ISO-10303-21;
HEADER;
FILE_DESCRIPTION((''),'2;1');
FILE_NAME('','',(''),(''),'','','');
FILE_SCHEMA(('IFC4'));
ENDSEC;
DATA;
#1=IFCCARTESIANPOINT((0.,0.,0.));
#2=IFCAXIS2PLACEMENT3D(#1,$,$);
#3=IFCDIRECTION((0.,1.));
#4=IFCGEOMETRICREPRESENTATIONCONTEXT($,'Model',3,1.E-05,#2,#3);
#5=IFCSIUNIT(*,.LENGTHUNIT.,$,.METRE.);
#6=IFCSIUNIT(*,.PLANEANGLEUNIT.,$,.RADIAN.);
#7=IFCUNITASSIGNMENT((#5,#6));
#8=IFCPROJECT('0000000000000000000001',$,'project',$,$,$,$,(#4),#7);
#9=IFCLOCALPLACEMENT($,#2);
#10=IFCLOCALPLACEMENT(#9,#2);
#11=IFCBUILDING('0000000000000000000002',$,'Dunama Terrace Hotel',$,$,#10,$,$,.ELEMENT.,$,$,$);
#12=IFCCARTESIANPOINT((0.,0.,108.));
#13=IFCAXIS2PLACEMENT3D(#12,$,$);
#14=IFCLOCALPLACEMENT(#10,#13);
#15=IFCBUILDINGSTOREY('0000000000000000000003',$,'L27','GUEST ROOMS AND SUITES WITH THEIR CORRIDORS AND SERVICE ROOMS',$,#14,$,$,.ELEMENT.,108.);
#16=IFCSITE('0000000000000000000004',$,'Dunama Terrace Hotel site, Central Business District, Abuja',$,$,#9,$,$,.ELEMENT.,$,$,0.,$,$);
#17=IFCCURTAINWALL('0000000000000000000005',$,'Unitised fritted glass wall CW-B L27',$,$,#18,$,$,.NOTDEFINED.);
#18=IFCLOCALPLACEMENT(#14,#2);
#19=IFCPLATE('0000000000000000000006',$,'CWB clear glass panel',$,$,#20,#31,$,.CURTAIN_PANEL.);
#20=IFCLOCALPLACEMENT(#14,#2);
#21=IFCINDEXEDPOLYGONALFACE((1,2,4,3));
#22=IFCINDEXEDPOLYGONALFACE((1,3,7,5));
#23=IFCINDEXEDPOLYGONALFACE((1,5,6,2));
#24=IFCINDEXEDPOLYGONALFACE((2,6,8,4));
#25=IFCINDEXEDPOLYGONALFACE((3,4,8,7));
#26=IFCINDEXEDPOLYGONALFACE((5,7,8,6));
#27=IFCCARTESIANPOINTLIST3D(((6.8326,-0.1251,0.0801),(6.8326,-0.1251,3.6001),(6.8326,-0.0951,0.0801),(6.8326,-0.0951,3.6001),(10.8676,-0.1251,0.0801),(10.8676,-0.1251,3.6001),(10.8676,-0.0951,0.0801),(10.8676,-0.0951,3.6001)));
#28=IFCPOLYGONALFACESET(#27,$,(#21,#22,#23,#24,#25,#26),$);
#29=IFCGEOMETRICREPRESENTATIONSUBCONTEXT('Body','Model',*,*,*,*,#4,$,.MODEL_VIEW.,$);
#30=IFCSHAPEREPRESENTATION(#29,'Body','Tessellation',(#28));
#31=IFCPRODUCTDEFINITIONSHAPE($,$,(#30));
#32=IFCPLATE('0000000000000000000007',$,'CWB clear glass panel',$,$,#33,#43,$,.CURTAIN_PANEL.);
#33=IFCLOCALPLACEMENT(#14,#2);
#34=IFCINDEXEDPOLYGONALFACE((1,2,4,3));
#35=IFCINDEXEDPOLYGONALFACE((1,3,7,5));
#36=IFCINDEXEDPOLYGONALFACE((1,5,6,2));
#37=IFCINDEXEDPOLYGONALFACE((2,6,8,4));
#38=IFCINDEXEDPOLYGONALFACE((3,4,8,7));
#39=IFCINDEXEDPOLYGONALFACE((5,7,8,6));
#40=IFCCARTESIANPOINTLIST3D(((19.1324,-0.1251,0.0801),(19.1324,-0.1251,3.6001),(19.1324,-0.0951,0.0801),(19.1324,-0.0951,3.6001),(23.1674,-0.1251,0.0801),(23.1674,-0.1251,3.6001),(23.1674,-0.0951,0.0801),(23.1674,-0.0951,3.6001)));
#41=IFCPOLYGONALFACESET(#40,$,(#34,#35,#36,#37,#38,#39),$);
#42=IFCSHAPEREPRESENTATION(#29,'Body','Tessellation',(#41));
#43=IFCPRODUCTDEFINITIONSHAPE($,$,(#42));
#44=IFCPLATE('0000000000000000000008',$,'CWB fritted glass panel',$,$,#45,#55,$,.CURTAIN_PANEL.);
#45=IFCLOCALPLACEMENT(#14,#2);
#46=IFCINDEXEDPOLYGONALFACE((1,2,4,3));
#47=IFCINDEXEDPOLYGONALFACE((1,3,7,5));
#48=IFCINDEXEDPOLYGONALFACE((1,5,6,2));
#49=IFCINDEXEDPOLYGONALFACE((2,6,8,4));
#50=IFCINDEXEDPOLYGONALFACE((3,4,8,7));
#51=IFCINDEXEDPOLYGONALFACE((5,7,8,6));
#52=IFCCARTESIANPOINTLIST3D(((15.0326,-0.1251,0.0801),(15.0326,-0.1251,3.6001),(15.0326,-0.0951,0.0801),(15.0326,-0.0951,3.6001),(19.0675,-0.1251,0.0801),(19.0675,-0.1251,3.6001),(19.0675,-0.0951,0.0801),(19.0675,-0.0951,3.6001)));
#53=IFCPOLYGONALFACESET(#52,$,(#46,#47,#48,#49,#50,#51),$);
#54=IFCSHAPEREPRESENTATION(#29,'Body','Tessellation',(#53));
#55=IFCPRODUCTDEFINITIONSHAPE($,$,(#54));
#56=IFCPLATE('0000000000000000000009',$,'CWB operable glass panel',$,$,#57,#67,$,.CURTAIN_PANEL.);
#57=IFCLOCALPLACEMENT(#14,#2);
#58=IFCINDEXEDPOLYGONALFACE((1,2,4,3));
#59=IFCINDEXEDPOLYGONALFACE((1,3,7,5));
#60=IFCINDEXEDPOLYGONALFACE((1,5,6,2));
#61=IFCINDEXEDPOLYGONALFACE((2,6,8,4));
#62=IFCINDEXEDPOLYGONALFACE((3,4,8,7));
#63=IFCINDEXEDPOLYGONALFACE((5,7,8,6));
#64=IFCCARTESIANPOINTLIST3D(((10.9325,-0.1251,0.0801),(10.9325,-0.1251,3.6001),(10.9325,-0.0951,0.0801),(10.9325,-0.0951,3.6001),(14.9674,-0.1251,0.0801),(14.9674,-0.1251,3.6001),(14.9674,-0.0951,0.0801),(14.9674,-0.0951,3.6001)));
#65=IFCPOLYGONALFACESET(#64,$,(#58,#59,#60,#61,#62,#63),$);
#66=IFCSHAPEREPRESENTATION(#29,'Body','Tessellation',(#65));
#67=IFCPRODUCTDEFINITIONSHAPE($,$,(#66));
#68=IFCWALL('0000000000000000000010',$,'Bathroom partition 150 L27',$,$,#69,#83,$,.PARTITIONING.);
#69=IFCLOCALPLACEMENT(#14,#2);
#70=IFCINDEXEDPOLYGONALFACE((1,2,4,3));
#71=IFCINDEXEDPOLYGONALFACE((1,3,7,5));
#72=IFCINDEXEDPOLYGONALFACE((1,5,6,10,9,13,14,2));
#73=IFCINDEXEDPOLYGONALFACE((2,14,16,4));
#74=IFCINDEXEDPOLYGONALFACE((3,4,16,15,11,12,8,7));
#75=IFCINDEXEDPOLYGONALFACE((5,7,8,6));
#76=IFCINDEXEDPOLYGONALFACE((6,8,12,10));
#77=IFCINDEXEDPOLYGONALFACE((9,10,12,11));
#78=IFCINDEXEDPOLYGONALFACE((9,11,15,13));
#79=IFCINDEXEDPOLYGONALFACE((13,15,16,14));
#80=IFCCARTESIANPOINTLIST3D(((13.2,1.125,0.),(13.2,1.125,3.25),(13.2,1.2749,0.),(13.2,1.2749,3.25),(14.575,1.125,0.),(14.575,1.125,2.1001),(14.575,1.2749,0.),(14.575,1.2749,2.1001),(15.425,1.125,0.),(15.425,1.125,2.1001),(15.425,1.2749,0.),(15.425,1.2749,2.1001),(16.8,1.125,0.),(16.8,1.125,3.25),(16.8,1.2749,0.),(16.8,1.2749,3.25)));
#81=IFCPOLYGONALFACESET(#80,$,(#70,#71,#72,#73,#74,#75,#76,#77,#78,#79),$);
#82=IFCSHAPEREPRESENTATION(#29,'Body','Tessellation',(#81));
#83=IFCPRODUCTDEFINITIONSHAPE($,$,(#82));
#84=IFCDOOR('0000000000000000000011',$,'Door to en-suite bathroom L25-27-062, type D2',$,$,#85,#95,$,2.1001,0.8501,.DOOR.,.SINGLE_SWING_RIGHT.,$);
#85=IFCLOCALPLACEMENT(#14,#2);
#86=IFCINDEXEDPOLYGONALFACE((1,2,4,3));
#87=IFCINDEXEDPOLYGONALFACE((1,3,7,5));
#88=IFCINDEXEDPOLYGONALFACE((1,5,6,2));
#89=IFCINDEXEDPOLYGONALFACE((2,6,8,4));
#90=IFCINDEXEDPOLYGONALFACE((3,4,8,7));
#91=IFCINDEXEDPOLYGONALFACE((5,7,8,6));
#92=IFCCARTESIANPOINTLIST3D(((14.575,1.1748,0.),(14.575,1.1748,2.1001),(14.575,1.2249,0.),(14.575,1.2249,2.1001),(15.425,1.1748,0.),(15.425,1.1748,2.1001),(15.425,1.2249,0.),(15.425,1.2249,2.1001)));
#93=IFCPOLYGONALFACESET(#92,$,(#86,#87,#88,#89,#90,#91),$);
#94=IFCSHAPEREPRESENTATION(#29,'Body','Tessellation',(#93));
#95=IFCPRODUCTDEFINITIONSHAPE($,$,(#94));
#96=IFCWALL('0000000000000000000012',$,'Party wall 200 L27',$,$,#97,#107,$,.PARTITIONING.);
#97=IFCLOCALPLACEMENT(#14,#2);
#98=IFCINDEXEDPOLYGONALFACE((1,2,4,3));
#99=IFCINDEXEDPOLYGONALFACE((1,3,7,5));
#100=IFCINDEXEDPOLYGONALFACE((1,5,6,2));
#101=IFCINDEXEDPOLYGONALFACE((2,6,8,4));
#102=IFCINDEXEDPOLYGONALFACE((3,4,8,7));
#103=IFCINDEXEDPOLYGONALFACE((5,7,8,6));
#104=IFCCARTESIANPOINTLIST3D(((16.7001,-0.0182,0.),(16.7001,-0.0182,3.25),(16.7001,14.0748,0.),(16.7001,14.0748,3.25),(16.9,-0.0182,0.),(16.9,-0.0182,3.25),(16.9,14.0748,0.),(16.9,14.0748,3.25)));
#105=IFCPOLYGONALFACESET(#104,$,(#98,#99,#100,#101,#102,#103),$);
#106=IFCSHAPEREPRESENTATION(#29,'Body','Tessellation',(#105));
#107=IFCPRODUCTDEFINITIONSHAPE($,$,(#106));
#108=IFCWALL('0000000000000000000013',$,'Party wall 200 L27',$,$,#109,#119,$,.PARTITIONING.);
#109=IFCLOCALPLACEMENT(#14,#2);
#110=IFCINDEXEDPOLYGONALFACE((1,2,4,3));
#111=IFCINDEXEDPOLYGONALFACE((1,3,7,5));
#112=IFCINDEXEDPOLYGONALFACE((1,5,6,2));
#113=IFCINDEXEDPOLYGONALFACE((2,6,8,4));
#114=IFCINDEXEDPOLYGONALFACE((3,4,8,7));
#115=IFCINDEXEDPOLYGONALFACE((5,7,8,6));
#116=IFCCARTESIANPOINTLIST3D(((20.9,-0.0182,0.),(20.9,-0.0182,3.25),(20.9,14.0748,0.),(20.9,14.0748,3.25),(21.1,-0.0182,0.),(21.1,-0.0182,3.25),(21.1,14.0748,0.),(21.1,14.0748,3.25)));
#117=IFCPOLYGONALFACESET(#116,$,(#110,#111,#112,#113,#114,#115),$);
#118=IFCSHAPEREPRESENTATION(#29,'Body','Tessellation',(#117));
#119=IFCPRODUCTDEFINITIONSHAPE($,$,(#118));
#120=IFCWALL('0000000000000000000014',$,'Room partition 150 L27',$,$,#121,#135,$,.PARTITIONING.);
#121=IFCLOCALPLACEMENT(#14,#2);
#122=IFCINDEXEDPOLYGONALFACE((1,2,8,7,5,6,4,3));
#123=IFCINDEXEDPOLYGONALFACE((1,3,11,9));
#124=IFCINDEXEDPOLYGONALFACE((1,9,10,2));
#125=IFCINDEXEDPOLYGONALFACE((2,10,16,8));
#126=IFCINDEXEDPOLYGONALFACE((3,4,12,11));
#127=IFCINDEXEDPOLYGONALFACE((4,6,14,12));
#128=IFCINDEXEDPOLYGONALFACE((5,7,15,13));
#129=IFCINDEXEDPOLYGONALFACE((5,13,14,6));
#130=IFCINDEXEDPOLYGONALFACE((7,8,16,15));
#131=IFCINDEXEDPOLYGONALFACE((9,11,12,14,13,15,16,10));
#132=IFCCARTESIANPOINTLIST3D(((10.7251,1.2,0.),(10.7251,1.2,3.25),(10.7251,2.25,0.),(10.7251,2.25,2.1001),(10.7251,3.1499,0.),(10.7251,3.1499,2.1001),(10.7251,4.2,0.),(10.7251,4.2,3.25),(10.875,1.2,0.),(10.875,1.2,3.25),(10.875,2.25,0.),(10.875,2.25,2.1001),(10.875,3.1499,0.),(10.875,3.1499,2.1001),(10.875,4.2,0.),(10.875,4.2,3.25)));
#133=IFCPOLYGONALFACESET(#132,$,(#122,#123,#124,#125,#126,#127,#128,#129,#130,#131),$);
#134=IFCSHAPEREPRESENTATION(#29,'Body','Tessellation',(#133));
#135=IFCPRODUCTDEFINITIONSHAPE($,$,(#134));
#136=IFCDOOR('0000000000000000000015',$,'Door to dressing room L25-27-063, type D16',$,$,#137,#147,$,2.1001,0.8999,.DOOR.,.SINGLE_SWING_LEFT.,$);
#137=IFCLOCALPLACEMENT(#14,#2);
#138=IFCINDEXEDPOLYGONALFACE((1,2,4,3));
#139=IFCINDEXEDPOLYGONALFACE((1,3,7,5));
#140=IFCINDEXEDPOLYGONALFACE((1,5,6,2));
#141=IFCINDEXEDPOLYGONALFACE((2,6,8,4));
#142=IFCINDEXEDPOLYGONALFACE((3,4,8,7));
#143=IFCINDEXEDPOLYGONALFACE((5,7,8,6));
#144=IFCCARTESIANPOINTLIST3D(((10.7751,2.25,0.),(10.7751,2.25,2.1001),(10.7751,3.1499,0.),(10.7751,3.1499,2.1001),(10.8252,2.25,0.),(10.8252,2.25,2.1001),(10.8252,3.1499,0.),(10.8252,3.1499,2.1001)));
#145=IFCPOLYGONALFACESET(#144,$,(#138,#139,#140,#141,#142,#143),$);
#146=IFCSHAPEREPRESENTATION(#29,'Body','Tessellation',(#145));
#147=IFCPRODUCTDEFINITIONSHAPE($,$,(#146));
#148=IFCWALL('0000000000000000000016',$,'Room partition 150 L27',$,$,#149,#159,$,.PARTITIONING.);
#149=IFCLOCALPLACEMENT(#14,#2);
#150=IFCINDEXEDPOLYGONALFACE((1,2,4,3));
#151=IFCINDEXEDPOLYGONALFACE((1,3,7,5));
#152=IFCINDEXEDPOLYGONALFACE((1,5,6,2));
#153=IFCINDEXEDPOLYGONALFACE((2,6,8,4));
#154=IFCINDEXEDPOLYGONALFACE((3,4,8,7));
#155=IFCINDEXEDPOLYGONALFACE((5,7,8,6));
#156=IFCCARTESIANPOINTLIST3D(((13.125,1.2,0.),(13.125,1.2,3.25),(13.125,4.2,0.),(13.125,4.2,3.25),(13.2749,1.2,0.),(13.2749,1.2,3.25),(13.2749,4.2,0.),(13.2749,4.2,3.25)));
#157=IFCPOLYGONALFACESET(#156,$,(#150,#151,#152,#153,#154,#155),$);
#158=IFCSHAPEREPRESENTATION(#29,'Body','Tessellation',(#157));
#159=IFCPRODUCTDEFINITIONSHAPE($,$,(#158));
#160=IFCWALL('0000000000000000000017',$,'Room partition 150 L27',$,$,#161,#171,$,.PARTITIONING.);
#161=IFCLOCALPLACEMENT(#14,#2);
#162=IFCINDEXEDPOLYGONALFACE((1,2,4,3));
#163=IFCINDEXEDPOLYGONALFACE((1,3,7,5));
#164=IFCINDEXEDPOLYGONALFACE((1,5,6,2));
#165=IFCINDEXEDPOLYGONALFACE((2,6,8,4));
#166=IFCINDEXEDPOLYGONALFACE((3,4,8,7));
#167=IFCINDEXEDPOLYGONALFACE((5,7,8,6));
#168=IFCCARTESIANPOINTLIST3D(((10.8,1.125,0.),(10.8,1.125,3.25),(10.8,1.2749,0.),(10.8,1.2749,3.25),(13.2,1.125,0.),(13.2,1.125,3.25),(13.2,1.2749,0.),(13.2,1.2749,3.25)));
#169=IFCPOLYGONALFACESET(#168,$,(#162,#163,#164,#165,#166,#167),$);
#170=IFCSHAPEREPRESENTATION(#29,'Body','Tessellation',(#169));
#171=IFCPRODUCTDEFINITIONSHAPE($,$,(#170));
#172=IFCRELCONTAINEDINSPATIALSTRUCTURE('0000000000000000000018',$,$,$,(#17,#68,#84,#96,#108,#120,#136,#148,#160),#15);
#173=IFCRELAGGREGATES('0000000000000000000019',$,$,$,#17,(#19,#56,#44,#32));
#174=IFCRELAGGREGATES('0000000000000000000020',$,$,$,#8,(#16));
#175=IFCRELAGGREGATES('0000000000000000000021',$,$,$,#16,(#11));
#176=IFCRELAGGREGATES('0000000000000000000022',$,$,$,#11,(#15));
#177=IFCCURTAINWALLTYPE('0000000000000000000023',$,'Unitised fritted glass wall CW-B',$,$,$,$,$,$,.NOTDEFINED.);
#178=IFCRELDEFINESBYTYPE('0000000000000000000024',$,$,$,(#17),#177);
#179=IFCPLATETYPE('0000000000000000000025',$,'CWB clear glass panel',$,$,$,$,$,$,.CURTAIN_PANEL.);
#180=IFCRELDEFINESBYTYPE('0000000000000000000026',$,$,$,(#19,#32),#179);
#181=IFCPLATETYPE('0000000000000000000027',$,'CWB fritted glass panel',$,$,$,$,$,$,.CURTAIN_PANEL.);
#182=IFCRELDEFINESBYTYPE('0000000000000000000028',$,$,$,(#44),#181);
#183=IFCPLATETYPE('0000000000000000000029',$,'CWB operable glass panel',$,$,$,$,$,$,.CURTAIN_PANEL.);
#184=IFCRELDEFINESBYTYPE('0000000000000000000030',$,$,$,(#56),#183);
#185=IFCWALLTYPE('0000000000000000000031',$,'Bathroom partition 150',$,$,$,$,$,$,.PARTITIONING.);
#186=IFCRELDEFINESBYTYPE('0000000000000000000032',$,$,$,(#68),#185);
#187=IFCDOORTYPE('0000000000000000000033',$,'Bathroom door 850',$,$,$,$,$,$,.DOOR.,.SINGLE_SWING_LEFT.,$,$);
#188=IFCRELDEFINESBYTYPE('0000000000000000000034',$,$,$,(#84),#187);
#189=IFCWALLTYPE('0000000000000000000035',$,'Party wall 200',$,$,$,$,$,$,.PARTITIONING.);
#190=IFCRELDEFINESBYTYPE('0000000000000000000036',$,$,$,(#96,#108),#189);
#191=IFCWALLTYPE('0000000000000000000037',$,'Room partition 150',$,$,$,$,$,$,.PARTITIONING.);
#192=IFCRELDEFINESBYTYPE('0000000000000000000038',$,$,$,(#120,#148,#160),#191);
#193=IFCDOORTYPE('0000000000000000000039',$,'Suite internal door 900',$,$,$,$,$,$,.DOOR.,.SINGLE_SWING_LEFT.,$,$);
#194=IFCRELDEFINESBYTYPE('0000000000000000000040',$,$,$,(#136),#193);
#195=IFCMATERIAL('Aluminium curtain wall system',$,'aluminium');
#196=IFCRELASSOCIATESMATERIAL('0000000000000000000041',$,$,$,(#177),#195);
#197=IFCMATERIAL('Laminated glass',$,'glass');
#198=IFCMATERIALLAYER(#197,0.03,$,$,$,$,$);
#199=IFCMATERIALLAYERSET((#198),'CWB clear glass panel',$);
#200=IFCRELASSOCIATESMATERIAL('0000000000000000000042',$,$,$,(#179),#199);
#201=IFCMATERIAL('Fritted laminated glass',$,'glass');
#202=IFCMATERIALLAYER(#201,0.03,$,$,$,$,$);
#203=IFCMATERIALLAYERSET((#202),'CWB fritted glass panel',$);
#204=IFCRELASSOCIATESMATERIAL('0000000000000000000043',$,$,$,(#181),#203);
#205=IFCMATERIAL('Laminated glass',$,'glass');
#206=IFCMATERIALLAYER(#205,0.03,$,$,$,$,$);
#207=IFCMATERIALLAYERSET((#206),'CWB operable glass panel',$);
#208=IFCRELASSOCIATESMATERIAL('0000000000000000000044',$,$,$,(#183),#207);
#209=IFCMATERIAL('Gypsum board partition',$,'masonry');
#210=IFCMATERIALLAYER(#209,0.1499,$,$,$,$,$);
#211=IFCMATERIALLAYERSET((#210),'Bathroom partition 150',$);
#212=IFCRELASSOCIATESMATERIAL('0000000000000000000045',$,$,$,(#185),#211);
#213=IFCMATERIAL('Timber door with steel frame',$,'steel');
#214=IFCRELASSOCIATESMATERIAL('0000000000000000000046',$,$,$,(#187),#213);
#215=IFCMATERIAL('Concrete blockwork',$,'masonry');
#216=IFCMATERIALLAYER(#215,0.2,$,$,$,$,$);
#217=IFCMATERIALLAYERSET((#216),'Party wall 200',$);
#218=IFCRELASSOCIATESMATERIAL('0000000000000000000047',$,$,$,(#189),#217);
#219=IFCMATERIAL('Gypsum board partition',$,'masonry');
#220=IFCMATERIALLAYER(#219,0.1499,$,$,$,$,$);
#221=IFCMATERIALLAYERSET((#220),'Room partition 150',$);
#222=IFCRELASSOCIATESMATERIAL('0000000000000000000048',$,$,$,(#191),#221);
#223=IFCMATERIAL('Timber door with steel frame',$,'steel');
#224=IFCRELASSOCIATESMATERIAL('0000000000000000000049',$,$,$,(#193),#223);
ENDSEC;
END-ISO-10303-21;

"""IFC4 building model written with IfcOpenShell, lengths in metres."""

from ifc_helpers import new_model, si_unit, direction, frame, frame_2d, origin, origin_2d, place, context, subcontext, project, spatial, rectangle, extrude, material, layer, layer_set, type_object, element, fill, aggregate, save


model = new_model("IFC4")

# Units and contexts
model_context = context("Model", 3, precision=1e-05, world=origin(), true_north=direction((0.0, 1.0)))
body_context = subcontext(model_context, "Body", "Model", "MODEL_VIEW")
ifc_project = project(units=[si_unit("LENGTHUNIT", "METRE"), si_unit("PLANEANGLEUNIT", "RADIAN")], contexts=[model_context])

# Site, building, storey
site_placement = place(None, origin())
site = spatial("IfcSite", under=ifc_project, at=site_placement, Name="Dunama Terrace Hotel site, Central Business District, Abuja", CompositionType="ELEMENT", RefElevation=0.0)
building_placement = place(site_placement, origin())
building = spatial("IfcBuilding", under=site, at=building_placement, Name="Dunama Terrace Hotel", CompositionType="ELEMENT")
storey_placement = place(building_placement, frame((0.0, 0.0, 108.0)))
storey = spatial("IfcBuildingStorey", under=building, at=storey_placement, Name="L27", Description="GUEST ROOMS AND SUITES WITH THEIR CORRIDORS AND SERVICE ROOMS", CompositionType="ELEMENT", Elevation=108.0)

# Curtain wall
ifc_material_1 = material(Name="Aluminium curtain wall system", Category="aluminium")
curtain_wall_type = type_object("IfcCurtainWallType", Name="Unitised fritted glass wall CW-B", PredefinedType="NOTDEFINED", material=ifc_material_1)
curtain_wall_placement = place(storey_placement, origin())
curtain_wall = element("IfcCurtainWall", 1, at=curtain_wall_placement, inside=storey, type_object=curtain_wall_type, Name="Unitised fritted glass wall CW-B L27", PredefinedType="NOTDEFINED")

# Plates
ifc_material_2 = material(Name="Laminated glass", Category="glass")
ifc_layer_1 = layer(ifc_material_2, 0.03)
ifc_layer_set_1 = layer_set([ifc_layer_1], Name="CWB clear glass panel")
plate_type_1 = type_object("IfcPlateType", Name="CWB clear glass panel", PredefinedType="CURTAIN_PANEL", material=ifc_layer_set_1)
plate_1_placement = place(storey_placement, frame((8.8501, -0.1101, 0.0801), z_axis=(0.0, 0.0, 1.0), x_axis=(1.0, 0.0, 0.0)))
plate_1 = element("IfcPlate", 2, at=plate_1_placement, type_object=plate_type_1, Name="CWB clear glass panel", PredefinedType="CURTAIN_PANEL", context=body_context, shape_type="SweptSolid", body=[
    extrude(rectangle(XDim=4.0349, YDim=0.03, at=origin_2d()), origin(), (0.0, 0.0, 1.0), 3.52),
])
plate_2_placement = place(storey_placement, frame((21.1499, -0.1101, 0.0801), z_axis=(0.0, 0.0, 1.0), x_axis=(1.0, 0.0, 0.0)))
plate_2 = element("IfcPlate", 3, at=plate_2_placement, type_object=plate_type_1, Name="CWB clear glass panel", PredefinedType="CURTAIN_PANEL", context=body_context, shape_type="SweptSolid", body=[
    extrude(rectangle(XDim=4.0349, YDim=0.03, at=origin_2d()), origin(), (0.0, 0.0, 1.0), 3.52),
])
ifc_material_3 = material(Name="Fritted laminated glass", Category="glass")
ifc_layer_2 = layer(ifc_material_3, 0.03)
ifc_layer_set_2 = layer_set([ifc_layer_2], Name="CWB fritted glass panel")
plate_type_2 = type_object("IfcPlateType", Name="CWB fritted glass panel", PredefinedType="CURTAIN_PANEL", material=ifc_layer_set_2)
plate_3_placement = place(storey_placement, frame((17.05, -0.1101, 0.0801), z_axis=(0.0, 0.0, 1.0), x_axis=(1.0, 0.0, 0.0)))
plate_3 = element("IfcPlate", 4, at=plate_3_placement, type_object=plate_type_2, Name="CWB fritted glass panel", PredefinedType="CURTAIN_PANEL", context=body_context, shape_type="SweptSolid", body=[
    extrude(rectangle(XDim=4.0349, YDim=0.03, at=origin_2d()), origin(), (0.0, 0.0, 1.0), 3.52),
])
ifc_material_4 = material(Name="Laminated glass", Category="glass")
ifc_layer_3 = layer(ifc_material_4, 0.03)
ifc_layer_set_3 = layer_set([ifc_layer_3], Name="CWB operable glass panel")
plate_type_3 = type_object("IfcPlateType", Name="CWB operable glass panel", PredefinedType="CURTAIN_PANEL", material=ifc_layer_set_3)
plate_4_placement = place(storey_placement, frame((12.95, -0.1101, 0.0801), z_axis=(0.0, 0.0, 1.0), x_axis=(1.0, 0.0, 0.0)))
plate_4 = element("IfcPlate", 5, at=plate_4_placement, type_object=plate_type_3, Name="CWB operable glass panel", PredefinedType="CURTAIN_PANEL", context=body_context, shape_type="SweptSolid", body=[
    extrude(rectangle(XDim=4.0349, YDim=0.03, at=origin_2d()), origin(), (0.0, 0.0, 1.0), 3.52),
])
aggregate(curtain_wall, [plate_1, plate_4, plate_3, plate_2])

# Wall, opening, door
ifc_material_5 = material(Name="Gypsum board partition", Category="masonry")
ifc_layer_4 = layer(ifc_material_5, 0.1499)
ifc_layer_set_4 = layer_set([ifc_layer_4], Name="Bathroom partition 150")
wall_type_1 = type_object("IfcWallType", Name="Bathroom partition 150", PredefinedType="PARTITIONING", material=ifc_layer_set_4)
wall_1_placement = place(storey_placement, frame((13.2, 1.2, 0.0), z_axis=(0.0, 0.0, 1.0), x_axis=(1.0, 0.0, 0.0)))
wall_1 = element("IfcWall", 6, at=wall_1_placement, inside=storey, type_object=wall_type_1, Name="Bathroom partition 150 L27", PredefinedType="PARTITIONING", context=body_context, shape_type="SweptSolid", body=[
    extrude(rectangle(XDim=3.6001, YDim=0.1499, at=frame_2d((1.8, 0.0))), origin(), (0.0, 0.0, 1.0), 3.25),
])
opening_1_placement = place(wall_1_placement, frame((1.375, 0.0, 0.0)))
opening_1 = element("IfcOpeningElement", 7, at=opening_1_placement, cuts=wall_1, PredefinedType="OPENING", context=body_context, shape_type="SweptSolid", body=[
    extrude(rectangle(XDim=0.8501, YDim=2.1001, at=frame_2d((0.425, 1.05))), frame((0.0, 0.085, 0.0), z_axis=(0.0, -1.0, 0.0), x_axis=(1.0, 0.0, 0.0)), (0.0, 0.0, 1.0), 0.1699),
])
ifc_material_6 = material(Name="Timber door with steel frame", Category="steel")
door_type_1 = type_object("IfcDoorType", Name="Bathroom door 850", OperationType="SINGLE_SWING_LEFT", PredefinedType="DOOR", material=ifc_material_6)
door_1_placement = place(opening_1_placement, origin())
door_1 = element("IfcDoor", 8, at=door_1_placement, inside=storey, type_object=door_type_1, Name="Door to en-suite bathroom L25-27-062, type D2", OperationType="SINGLE_SWING_RIGHT", OverallHeight=2.1001, OverallWidth=0.8501, PredefinedType="DOOR", context=body_context, shape_type="SweptSolid", body=[
    extrude(rectangle(XDim=0.8501, YDim=2.1001, at=frame_2d((0.425, 1.05))), frame((0.0, 0.0249, 0.0), z_axis=(0.0, -1.0, 0.0), x_axis=(1.0, 0.0, 0.0)), (0.0, 0.0, 1.0), 0.05),
])
fill(opening_1, door_1)

# Walls
ifc_material_7 = material(Name="Concrete blockwork", Category="masonry")
ifc_layer_5 = layer(ifc_material_7, 0.2)
ifc_layer_set_5 = layer_set([ifc_layer_5], Name="Party wall 200")
wall_type_2 = type_object("IfcWallType", Name="Party wall 200", PredefinedType="PARTITIONING", material=ifc_layer_set_5)
for number, where, z_axis, x_axis, name in (
    (9, (16.8, -0.0181, 0.0), (0.0, 0.0, 1.0), (0.0, 1.0, 0.0), "Party wall 200 L27"),
    (10, (21.0, -0.0181, 0.0), (0.0, 0.0, 1.0), (0.0, 1.0, 0.0), "Party wall 200 L27"),
):
    element("IfcWall", number, at=place(storey_placement, frame(where, z_axis=z_axis, x_axis=x_axis)), inside=storey, type_object=wall_type_2, Name=name, PredefinedType="PARTITIONING", context=body_context, shape_type="SweptSolid", body=[
        extrude(rectangle(XDim=14.093, YDim=0.2, at=frame_2d((7.0464, 0.0))), origin(), (0.0, 0.0, 1.0), 3.25),
    ])

# Wall, opening, door
ifc_material_8 = material(Name="Gypsum board partition", Category="masonry")
ifc_layer_6 = layer(ifc_material_8, 0.1499)
ifc_layer_set_6 = layer_set([ifc_layer_6], Name="Room partition 150")
wall_type_3 = type_object("IfcWallType", Name="Room partition 150", PredefinedType="PARTITIONING", material=ifc_layer_set_6)
wall_2_placement = place(storey_placement, frame((10.8, 1.2, 0.0), z_axis=(0.0, 0.0, 1.0), x_axis=(0.0, 1.0, 0.0)))
wall_2 = element("IfcWall", 11, at=wall_2_placement, inside=storey, type_object=wall_type_3, Name="Room partition 150 L27", PredefinedType="PARTITIONING", context=body_context, shape_type="SweptSolid", body=[
    extrude(rectangle(XDim=3.0, YDim=0.1499, at=frame_2d((1.5, 0.0))), origin(), (0.0, 0.0, 1.0), 3.25),
])
opening_2_placement = place(wall_2_placement, frame((1.05, 0.0, 0.0)))
opening_2 = element("IfcOpeningElement", 12, at=opening_2_placement, cuts=wall_2, PredefinedType="OPENING", context=body_context, shape_type="SweptSolid", body=[
    extrude(rectangle(XDim=0.8999, YDim=2.1001, at=frame_2d((0.45, 1.05))), frame((0.0, 0.085, 0.0), z_axis=(0.0, -1.0, 0.0), x_axis=(1.0, 0.0, 0.0)), (0.0, 0.0, 1.0), 0.1699),
])
ifc_material_9 = material(Name="Timber door with steel frame", Category="steel")
door_type_2 = type_object("IfcDoorType", Name="Suite internal door 900", OperationType="SINGLE_SWING_LEFT", PredefinedType="DOOR", material=ifc_material_9)
door_2_placement = place(opening_2_placement, frame((0.8999, 0.0, 0.0), z_axis=(0.0, 0.0, 1.0), x_axis=(-1.0, 0.0, 0.0)))
door_2 = element("IfcDoor", 13, at=door_2_placement, inside=storey, type_object=door_type_2, Name="Door to dressing room L25-27-063, type D16", OperationType="SINGLE_SWING_LEFT", OverallHeight=2.1001, OverallWidth=0.8999, PredefinedType="DOOR", context=body_context, shape_type="SweptSolid", body=[
    extrude(rectangle(XDim=0.8999, YDim=2.1001, at=frame_2d((0.45, 1.05))), frame((0.0, 0.0251, 0.0), z_axis=(0.0, -1.0, 0.0), x_axis=(1.0, 0.0, 0.0)), (0.0, 0.0, 1.0), 0.05),
])
fill(opening_2, door_2)

# Walls
wall_3_placement = place(storey_placement, frame((13.2, 1.2, 0.0), z_axis=(0.0, 0.0, 1.0), x_axis=(0.0, 1.0, 0.0)))
element("IfcWall", 14, at=wall_3_placement, inside=storey, type_object=wall_type_3, Name="Room partition 150 L27", PredefinedType="PARTITIONING", context=body_context, shape_type="SweptSolid", body=[
    extrude(rectangle(XDim=3.0, YDim=0.1499, at=frame_2d((1.5, 0.0))), origin(), (0.0, 0.0, 1.0), 3.25),
])
wall_4_placement = place(storey_placement, frame((10.8, 1.2, 0.0), z_axis=(0.0, 0.0, 1.0), x_axis=(1.0, 0.0, 0.0)))
element("IfcWall", 15, at=wall_4_placement, inside=storey, type_object=wall_type_3, Name="Room partition 150 L27", PredefinedType="PARTITIONING", context=body_context, shape_type="SweptSolid", body=[
    extrude(rectangle(XDim=2.3999, YDim=0.1499, at=frame_2d((1.2, 0.0))), origin(), (0.0, 0.0, 1.0), 3.25),
])

save(model, "model.ifc")
